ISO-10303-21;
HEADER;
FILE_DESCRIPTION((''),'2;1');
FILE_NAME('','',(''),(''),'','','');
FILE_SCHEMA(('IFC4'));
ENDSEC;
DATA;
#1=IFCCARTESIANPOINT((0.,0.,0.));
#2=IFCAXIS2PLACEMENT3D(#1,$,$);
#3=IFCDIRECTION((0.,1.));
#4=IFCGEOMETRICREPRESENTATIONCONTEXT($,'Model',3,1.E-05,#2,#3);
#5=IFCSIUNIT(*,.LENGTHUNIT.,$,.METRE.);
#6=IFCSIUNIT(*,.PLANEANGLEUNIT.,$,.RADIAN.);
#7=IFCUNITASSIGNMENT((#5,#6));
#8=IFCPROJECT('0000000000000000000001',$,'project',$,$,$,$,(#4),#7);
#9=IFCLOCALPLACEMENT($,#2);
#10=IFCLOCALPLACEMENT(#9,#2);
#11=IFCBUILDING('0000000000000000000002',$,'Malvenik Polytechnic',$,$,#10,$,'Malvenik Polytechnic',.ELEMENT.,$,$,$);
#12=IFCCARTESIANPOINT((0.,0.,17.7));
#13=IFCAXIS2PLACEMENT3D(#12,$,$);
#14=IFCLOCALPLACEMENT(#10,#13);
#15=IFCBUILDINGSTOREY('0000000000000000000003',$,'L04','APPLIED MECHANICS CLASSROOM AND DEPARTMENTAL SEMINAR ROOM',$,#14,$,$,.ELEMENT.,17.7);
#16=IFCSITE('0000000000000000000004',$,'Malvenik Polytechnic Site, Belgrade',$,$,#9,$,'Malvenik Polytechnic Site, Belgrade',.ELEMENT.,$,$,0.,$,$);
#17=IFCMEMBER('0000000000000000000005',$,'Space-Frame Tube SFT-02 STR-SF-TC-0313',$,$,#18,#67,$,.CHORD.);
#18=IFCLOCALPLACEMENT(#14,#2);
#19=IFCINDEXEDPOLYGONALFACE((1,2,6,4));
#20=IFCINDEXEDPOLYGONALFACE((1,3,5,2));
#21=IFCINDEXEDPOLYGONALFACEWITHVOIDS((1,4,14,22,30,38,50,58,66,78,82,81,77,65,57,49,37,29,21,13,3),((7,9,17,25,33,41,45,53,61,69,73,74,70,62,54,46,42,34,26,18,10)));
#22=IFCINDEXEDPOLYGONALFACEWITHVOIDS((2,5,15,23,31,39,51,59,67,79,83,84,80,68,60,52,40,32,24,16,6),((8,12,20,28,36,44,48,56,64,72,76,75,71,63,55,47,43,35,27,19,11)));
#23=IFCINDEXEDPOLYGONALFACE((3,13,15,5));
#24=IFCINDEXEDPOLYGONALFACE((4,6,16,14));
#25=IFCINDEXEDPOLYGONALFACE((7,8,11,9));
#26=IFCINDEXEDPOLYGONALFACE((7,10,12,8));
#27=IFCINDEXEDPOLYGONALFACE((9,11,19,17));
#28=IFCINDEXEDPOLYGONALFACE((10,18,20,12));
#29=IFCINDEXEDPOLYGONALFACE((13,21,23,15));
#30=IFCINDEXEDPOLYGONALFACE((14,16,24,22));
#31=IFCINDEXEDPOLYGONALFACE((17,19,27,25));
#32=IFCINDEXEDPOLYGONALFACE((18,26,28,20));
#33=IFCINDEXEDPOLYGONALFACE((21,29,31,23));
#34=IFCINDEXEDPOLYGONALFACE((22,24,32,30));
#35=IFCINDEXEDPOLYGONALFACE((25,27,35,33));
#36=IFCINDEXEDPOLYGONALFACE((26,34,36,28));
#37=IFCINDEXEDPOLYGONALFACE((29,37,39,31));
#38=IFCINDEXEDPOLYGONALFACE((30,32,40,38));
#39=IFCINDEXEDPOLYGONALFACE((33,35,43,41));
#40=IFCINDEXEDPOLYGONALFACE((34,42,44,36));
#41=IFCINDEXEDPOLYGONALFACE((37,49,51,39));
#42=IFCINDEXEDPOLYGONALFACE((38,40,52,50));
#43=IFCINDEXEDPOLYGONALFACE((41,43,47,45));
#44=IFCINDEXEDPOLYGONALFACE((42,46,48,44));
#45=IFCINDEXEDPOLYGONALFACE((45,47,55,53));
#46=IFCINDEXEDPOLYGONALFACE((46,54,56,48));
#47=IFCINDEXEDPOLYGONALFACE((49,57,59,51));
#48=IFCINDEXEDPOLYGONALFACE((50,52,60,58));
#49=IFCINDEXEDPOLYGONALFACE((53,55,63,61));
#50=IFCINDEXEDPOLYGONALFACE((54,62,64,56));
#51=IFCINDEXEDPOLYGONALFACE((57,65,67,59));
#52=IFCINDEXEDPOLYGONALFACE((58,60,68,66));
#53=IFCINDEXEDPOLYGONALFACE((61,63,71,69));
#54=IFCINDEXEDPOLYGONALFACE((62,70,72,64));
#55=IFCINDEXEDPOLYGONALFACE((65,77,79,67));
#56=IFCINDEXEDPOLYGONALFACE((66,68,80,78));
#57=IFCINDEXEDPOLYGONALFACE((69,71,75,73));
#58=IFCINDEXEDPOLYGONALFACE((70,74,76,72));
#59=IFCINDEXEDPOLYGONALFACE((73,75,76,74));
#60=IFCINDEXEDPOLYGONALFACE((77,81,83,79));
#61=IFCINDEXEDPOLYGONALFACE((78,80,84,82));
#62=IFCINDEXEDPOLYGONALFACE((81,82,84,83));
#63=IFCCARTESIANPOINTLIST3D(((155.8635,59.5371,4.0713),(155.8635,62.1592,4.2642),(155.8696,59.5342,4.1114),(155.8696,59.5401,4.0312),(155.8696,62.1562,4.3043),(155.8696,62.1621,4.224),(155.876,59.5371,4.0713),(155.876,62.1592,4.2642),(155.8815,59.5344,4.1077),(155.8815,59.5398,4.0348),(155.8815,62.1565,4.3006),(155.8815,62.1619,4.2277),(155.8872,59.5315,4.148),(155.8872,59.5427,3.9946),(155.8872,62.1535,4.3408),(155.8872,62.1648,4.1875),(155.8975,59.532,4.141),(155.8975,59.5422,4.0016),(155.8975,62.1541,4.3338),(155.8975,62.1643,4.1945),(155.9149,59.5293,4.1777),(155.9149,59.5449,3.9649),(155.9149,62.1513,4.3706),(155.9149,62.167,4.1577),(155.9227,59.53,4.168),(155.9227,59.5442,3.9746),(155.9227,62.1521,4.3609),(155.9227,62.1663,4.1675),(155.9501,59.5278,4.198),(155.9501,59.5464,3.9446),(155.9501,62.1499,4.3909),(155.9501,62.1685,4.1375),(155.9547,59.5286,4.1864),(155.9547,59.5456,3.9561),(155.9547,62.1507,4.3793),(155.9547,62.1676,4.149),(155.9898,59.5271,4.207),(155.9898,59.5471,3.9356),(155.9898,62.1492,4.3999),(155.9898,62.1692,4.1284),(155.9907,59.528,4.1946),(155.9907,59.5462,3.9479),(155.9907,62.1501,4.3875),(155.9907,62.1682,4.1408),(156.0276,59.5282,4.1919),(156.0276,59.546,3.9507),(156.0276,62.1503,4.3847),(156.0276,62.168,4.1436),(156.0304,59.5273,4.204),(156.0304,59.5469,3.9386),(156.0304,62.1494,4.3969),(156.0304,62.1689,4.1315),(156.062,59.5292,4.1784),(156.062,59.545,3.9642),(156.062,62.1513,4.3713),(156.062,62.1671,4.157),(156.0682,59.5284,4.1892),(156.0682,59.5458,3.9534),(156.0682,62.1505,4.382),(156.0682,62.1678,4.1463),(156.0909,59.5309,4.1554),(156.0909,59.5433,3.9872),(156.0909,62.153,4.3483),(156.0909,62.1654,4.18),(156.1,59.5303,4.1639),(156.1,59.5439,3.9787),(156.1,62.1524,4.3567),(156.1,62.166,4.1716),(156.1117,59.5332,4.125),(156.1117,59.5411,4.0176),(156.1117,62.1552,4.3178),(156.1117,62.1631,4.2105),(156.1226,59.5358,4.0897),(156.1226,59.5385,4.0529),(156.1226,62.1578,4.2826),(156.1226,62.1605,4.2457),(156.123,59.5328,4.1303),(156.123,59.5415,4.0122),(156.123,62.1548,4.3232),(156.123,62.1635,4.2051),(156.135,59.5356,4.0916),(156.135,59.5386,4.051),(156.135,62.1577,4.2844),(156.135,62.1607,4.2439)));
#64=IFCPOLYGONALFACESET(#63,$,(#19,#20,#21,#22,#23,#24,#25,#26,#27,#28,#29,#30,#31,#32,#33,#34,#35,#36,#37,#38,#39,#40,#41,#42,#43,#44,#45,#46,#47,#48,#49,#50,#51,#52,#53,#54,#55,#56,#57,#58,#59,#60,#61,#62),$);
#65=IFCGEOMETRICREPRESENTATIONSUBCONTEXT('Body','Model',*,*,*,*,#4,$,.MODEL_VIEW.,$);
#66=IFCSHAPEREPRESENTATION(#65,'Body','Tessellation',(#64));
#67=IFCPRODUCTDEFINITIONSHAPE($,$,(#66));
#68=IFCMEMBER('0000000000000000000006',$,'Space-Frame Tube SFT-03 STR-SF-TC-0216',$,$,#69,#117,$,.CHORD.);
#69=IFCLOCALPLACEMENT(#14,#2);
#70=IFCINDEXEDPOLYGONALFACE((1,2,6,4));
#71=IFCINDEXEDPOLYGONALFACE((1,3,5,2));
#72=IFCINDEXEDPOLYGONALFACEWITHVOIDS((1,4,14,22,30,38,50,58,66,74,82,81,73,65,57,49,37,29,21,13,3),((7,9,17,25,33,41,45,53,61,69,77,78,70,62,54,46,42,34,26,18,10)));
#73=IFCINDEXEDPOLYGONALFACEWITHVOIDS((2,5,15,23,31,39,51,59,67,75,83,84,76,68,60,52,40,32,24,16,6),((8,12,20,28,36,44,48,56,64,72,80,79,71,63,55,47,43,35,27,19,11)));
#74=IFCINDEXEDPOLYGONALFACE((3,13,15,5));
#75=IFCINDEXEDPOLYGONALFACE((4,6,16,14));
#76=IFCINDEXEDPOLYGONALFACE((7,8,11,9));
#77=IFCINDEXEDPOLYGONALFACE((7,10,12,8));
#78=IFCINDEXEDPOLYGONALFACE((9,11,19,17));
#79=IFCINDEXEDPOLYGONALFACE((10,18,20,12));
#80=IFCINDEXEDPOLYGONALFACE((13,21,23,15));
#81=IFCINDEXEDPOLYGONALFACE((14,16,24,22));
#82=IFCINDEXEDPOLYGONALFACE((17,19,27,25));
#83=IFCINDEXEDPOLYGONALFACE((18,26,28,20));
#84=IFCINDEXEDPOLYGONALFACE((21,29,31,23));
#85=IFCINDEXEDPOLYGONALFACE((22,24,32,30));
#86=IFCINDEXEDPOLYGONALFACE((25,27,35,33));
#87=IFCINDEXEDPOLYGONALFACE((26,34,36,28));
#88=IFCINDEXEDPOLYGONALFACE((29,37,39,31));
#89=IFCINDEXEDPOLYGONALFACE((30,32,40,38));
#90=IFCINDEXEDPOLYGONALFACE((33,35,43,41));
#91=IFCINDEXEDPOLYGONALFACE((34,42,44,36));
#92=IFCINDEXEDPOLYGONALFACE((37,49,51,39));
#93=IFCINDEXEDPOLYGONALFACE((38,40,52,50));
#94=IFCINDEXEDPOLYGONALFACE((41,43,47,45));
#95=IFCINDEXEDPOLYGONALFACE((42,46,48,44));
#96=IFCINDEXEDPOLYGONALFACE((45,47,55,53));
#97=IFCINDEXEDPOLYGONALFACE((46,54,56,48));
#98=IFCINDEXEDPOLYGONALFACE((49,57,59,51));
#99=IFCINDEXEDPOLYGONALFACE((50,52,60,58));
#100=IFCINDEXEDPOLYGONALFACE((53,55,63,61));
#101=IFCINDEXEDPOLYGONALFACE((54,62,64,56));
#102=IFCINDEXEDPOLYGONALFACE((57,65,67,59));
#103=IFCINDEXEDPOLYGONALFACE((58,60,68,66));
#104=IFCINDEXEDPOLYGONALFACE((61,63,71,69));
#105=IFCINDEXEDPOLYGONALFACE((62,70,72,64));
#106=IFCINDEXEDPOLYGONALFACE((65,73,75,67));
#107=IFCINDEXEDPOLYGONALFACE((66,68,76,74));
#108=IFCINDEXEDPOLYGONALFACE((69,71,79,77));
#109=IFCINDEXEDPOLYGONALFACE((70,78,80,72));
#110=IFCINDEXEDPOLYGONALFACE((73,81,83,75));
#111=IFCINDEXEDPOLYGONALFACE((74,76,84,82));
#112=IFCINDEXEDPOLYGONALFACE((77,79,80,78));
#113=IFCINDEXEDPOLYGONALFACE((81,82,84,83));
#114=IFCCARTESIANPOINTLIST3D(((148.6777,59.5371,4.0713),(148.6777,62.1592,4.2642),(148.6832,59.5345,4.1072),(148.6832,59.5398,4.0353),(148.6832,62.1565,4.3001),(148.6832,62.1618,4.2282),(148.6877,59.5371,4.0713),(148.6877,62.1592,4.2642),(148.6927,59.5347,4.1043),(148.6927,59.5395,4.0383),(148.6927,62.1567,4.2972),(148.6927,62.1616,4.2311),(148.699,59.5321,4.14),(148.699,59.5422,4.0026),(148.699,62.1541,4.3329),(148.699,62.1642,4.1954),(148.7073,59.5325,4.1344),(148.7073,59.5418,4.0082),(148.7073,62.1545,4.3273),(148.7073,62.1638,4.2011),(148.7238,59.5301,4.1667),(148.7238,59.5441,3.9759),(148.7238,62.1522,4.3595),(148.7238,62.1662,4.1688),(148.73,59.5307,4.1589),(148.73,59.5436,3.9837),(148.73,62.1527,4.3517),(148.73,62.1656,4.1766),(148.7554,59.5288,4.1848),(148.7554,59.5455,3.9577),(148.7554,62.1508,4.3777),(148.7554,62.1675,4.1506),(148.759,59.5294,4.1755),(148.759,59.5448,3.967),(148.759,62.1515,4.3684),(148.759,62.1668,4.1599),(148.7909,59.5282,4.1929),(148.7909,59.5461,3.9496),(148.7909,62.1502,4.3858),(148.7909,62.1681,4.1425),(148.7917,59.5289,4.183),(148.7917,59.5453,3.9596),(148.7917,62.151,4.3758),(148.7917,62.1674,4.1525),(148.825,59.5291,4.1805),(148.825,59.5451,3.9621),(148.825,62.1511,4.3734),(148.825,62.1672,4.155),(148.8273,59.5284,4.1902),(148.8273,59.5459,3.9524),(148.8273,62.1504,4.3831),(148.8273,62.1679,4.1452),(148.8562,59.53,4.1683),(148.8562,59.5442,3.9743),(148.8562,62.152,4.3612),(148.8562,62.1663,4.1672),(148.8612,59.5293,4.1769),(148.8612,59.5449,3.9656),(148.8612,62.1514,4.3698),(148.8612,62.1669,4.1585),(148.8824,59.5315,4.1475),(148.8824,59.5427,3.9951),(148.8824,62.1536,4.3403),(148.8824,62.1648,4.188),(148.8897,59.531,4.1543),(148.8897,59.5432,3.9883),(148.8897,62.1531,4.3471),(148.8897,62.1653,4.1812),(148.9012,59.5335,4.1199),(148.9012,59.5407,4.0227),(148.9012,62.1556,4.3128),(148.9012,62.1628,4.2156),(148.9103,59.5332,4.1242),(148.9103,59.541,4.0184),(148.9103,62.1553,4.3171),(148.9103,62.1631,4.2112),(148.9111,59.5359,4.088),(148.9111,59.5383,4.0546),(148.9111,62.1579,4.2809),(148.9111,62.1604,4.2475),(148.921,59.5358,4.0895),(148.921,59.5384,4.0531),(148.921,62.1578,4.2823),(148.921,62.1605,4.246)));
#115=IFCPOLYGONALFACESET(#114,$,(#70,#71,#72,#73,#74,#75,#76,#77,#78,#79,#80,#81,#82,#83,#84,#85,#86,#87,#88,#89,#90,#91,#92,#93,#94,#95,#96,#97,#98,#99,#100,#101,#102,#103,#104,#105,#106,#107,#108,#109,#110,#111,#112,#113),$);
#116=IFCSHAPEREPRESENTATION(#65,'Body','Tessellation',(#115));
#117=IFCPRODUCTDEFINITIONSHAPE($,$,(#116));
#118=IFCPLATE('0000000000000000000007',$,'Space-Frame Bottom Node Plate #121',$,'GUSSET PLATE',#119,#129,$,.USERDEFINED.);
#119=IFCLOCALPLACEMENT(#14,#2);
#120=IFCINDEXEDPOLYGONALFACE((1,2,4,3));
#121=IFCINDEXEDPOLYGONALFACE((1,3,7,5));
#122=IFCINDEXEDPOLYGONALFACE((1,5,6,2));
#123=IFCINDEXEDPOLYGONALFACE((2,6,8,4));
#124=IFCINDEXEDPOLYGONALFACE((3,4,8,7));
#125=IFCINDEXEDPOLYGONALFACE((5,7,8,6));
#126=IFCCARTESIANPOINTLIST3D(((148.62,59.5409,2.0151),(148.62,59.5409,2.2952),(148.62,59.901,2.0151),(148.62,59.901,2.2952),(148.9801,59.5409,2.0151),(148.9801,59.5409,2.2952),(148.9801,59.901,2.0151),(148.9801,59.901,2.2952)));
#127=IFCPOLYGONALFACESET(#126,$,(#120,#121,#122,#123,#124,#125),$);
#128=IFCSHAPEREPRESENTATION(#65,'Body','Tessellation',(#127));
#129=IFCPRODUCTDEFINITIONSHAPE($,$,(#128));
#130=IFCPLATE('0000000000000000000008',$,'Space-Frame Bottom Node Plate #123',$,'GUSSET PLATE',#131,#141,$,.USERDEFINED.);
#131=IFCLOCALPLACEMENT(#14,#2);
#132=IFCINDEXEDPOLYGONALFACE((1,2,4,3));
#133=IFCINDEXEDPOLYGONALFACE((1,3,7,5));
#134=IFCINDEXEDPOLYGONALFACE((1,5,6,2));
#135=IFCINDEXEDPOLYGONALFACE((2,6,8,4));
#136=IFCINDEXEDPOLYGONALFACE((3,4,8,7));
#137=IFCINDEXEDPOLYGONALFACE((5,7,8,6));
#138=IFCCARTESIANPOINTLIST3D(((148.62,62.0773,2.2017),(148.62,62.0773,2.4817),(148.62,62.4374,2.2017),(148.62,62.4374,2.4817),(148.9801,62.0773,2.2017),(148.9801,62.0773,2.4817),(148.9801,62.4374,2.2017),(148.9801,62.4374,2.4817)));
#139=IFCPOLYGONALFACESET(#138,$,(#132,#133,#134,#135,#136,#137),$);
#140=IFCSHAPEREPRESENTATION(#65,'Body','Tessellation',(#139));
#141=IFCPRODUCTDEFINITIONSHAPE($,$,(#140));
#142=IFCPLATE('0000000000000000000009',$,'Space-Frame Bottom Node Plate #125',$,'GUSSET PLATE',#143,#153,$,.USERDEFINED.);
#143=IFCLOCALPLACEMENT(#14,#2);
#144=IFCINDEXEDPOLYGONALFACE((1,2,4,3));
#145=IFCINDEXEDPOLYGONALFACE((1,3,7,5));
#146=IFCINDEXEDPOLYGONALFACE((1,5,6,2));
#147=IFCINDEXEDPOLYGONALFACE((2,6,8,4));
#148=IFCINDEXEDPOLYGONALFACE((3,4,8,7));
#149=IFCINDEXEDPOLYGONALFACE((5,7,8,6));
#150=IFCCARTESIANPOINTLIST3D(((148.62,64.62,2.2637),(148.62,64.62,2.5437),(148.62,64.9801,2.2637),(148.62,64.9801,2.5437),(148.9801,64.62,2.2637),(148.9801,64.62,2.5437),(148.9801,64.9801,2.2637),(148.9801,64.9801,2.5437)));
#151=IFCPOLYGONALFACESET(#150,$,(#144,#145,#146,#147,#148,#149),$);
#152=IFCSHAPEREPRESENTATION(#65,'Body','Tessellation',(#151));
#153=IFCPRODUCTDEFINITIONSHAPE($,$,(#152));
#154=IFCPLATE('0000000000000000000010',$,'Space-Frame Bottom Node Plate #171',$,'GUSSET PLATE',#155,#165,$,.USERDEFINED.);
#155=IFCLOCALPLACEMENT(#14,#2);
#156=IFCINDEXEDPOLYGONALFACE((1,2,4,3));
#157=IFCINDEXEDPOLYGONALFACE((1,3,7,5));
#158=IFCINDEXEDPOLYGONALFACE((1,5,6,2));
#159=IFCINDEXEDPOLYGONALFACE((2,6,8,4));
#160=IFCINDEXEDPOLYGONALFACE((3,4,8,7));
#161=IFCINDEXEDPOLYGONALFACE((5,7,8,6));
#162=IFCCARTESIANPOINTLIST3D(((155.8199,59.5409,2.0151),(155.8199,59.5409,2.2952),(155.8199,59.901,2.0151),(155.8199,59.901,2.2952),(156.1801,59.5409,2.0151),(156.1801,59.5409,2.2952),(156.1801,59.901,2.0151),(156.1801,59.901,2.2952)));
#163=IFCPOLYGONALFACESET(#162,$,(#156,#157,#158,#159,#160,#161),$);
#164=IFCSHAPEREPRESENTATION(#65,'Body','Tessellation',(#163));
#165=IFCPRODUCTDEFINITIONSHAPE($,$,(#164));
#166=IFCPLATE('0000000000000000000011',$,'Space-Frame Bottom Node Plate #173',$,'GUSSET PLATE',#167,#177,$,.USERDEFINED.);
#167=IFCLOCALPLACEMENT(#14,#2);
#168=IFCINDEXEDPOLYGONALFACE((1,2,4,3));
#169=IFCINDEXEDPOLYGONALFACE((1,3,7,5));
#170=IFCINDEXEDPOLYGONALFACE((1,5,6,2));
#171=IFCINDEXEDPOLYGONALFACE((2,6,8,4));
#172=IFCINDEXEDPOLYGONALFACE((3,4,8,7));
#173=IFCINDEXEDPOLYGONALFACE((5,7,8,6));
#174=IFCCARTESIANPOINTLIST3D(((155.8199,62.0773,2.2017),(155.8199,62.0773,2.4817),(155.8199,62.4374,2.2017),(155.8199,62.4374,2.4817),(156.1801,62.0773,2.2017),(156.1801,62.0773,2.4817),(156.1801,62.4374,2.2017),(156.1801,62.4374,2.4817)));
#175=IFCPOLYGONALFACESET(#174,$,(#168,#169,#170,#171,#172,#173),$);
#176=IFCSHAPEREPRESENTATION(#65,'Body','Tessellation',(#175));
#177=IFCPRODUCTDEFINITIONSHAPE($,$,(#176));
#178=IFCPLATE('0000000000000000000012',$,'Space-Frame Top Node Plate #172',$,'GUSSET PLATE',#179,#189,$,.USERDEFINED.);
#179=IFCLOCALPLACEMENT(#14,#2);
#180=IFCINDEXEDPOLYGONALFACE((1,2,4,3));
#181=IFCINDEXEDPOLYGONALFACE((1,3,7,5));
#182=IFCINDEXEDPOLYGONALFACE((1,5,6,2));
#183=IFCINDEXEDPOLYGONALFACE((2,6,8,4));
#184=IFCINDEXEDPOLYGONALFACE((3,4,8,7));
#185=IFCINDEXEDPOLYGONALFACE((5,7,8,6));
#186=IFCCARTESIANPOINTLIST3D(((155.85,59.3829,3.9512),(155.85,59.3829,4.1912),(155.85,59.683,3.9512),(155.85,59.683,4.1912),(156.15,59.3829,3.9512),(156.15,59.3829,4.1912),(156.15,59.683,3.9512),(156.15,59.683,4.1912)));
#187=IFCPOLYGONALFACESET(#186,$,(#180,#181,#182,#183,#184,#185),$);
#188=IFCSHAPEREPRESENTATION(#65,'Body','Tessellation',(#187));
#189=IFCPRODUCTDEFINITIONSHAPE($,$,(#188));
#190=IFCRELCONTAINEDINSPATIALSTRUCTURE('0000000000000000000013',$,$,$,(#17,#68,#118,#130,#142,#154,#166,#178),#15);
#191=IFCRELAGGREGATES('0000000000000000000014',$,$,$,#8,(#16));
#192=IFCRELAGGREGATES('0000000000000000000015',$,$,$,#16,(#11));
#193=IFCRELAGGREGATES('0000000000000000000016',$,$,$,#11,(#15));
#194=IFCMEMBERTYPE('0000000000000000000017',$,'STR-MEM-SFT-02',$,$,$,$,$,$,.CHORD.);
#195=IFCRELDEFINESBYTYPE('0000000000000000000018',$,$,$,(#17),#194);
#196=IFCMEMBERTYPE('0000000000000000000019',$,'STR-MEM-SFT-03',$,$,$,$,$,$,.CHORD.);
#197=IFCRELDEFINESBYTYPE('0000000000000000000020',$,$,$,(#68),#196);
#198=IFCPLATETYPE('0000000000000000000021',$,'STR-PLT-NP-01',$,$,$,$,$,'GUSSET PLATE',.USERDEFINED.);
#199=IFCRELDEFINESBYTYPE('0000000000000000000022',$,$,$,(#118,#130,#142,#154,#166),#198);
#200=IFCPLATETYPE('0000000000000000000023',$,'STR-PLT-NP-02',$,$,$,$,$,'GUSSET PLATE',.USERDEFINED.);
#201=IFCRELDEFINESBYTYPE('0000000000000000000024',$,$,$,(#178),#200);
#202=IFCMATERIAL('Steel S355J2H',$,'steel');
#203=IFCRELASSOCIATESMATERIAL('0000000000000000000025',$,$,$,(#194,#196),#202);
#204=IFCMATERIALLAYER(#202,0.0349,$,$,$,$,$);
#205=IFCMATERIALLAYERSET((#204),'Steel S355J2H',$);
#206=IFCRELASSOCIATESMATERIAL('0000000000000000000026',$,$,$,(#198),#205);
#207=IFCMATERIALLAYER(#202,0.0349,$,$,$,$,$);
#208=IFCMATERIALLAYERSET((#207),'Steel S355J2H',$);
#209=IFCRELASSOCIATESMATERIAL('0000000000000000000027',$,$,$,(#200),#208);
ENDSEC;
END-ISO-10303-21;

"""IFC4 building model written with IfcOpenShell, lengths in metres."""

from ifc_helpers import new_model, si_unit, direction, frame, origin, origin_2d, place, context, subcontext, project, spatial, rectangle, hollow_circle, extrude, material, layer, layer_set, material_profile, profile_set, type_object, element, save


model = new_model("IFC4")

# Units and contexts
model_context = context("Model", 3, precision=1e-05, world=origin(), true_north=direction((0.0, 1.0)))
body_context = subcontext(model_context, "Body", "Model", "MODEL_VIEW")
ifc_project = project(units=[si_unit("LENGTHUNIT", "METRE"), si_unit("PLANEANGLEUNIT", "RADIAN")], contexts=[model_context])

# Site, building, storey
site_placement = place(None, origin())
site = spatial("IfcSite", under=ifc_project, at=site_placement, Name="Malvenik Polytechnic Site, Belgrade", LongName="Malvenik Polytechnic Site, Belgrade", CompositionType="ELEMENT", RefElevation=0.0)
building_placement = place(site_placement, origin())
building = spatial("IfcBuilding", under=site, at=building_placement, Name="Malvenik Polytechnic", LongName="Malvenik Polytechnic", CompositionType="ELEMENT")
storey_placement = place(building_placement, frame((0.0, 0.0, 17.7)))
storey = spatial("IfcBuildingStorey", under=building, at=storey_placement, Name="L04", Description="APPLIED MECHANICS CLASSROOM AND DEPARTMENTAL SEMINAR ROOM", CompositionType="ELEMENT", Elevation=17.7)

# Members
ifc_material = material(Name="Steel S355J2H", Category="steel")
ifc_material_profile_1 = material_profile(ifc_material, hollow_circle(Radius=0.1365, WallThickness=0.0125, at=origin_2d()), Name="CHS 273.0x12.5")
ifc_profile_set_1 = profile_set([ifc_material_profile_1], Name="Steel S355J2H")
member_type_1 = type_object("IfcMemberType", Name="STR-MEM-SFT-02", PredefinedType="CHORD", material=ifc_profile_set_1)
member_1_placement = place(storey_placement, frame((156.0, 59.5371, 4.0713), z_axis=(0.0, 0.997306, 0.073359), x_axis=(-1.0, 0.0, 0.0)))
element("IfcMember", 1, at=member_1_placement, inside=storey, type_object=member_type_1, Name="Space-Frame Tube SFT-02 STR-SF-TC-0313", PredefinedType="CHORD", context=body_context, shape_type="SweptSolid", body=[
    extrude(hollow_circle(Radius=0.1365, WallThickness=0.0125, at=origin_2d()), origin(), (0.0, 0.0, 1.0), 2.6292),
])
ifc_material_profile_2 = material_profile(ifc_material, hollow_circle(Radius=0.1223, WallThickness=0.01, at=origin_2d()), Name="CHS 244.5x10.0")
ifc_profile_set_2 = profile_set([ifc_material_profile_2], Name="Steel S355J2H")
member_type_2 = type_object("IfcMemberType", Name="STR-MEM-SFT-03", PredefinedType="CHORD", material=ifc_profile_set_2)
member_2_placement = place(storey_placement, frame((148.8, 59.5371, 4.0713), z_axis=(0.0, 0.997306, 0.073359), x_axis=(-1.0, 0.0, 0.0)))
element("IfcMember", 2, at=member_2_placement, inside=storey, type_object=member_type_2, Name="Space-Frame Tube SFT-03 STR-SF-TC-0216", PredefinedType="CHORD", context=body_context, shape_type="SweptSolid", body=[
    extrude(hollow_circle(Radius=0.1223, WallThickness=0.01, at=origin_2d()), origin(), (0.0, 0.0, 1.0), 2.6292),
])

# Plates
ifc_layer_1 = layer(ifc_material, 0.0349)
ifc_layer_set_1 = layer_set([ifc_layer_1], Name="Steel S355J2H")
plate_type_1 = type_object("IfcPlateType", Name="STR-PLT-NP-01", ElementType="GUSSET PLATE", PredefinedType="USERDEFINED", material=ifc_layer_set_1)
for number, where, z_axis, x_axis, name in (
    (3, (148.8, 59.7209, 2.0151), (0.0, 0.0, 1.0), (1.0, 0.0, 0.0), "Space-Frame Bottom Node Plate #121"),
    (4, (148.8, 62.2573, 2.2017), (0.0, 0.0, 1.0), (1.0, 0.0, 0.0), "Space-Frame Bottom Node Plate #123"),
    (5, (148.8, 64.8, 2.2637), (0.0, 0.0, 1.0), (1.0, 0.0, 0.0), "Space-Frame Bottom Node Plate #125"),
    (6, (156.0, 59.7209, 2.0151), (0.0, 0.0, 1.0), (1.0, 0.0, 0.0), "Space-Frame Bottom Node Plate #171"),
    (7, (156.0, 62.2573, 2.2017), (0.0, 0.0, 1.0), (1.0, 0.0, 0.0), "Space-Frame Bottom Node Plate #173"),
):
    element("IfcPlate", number, at=place(storey_placement, frame(where, z_axis=z_axis, x_axis=x_axis)), inside=storey, type_object=plate_type_1, Name=name, ObjectType="GUSSET PLATE", PredefinedType="USERDEFINED", context=body_context, shape_type="SweptSolid", body=[
        extrude(rectangle(XDim=0.3601, YDim=0.3601, at=origin_2d()), origin(), (0.0, 0.0, 1.0), 0.28),
    ])
ifc_layer_2 = layer(ifc_material, 0.0349)
ifc_layer_set_2 = layer_set([ifc_layer_2], Name="Steel S355J2H")
plate_type_2 = type_object("IfcPlateType", Name="STR-PLT-NP-02", ElementType="GUSSET PLATE", PredefinedType="USERDEFINED", material=ifc_layer_set_2)
plate_placement = place(storey_placement, frame((156.0, 59.533, 3.9512), z_axis=(0.0, 0.0, 1.0), x_axis=(1.0, 0.0, 0.0)))
element("IfcPlate", 8, at=plate_placement, inside=storey, type_object=plate_type_2, Name="Space-Frame Top Node Plate #172", ObjectType="GUSSET PLATE", PredefinedType="USERDEFINED", context=body_context, shape_type="SweptSolid", body=[
    extrude(rectangle(XDim=0.3, YDim=0.3, at=origin_2d()), origin(), (0.0, 0.0, 1.0), 0.24),
])

save(model, "model.ifc")
